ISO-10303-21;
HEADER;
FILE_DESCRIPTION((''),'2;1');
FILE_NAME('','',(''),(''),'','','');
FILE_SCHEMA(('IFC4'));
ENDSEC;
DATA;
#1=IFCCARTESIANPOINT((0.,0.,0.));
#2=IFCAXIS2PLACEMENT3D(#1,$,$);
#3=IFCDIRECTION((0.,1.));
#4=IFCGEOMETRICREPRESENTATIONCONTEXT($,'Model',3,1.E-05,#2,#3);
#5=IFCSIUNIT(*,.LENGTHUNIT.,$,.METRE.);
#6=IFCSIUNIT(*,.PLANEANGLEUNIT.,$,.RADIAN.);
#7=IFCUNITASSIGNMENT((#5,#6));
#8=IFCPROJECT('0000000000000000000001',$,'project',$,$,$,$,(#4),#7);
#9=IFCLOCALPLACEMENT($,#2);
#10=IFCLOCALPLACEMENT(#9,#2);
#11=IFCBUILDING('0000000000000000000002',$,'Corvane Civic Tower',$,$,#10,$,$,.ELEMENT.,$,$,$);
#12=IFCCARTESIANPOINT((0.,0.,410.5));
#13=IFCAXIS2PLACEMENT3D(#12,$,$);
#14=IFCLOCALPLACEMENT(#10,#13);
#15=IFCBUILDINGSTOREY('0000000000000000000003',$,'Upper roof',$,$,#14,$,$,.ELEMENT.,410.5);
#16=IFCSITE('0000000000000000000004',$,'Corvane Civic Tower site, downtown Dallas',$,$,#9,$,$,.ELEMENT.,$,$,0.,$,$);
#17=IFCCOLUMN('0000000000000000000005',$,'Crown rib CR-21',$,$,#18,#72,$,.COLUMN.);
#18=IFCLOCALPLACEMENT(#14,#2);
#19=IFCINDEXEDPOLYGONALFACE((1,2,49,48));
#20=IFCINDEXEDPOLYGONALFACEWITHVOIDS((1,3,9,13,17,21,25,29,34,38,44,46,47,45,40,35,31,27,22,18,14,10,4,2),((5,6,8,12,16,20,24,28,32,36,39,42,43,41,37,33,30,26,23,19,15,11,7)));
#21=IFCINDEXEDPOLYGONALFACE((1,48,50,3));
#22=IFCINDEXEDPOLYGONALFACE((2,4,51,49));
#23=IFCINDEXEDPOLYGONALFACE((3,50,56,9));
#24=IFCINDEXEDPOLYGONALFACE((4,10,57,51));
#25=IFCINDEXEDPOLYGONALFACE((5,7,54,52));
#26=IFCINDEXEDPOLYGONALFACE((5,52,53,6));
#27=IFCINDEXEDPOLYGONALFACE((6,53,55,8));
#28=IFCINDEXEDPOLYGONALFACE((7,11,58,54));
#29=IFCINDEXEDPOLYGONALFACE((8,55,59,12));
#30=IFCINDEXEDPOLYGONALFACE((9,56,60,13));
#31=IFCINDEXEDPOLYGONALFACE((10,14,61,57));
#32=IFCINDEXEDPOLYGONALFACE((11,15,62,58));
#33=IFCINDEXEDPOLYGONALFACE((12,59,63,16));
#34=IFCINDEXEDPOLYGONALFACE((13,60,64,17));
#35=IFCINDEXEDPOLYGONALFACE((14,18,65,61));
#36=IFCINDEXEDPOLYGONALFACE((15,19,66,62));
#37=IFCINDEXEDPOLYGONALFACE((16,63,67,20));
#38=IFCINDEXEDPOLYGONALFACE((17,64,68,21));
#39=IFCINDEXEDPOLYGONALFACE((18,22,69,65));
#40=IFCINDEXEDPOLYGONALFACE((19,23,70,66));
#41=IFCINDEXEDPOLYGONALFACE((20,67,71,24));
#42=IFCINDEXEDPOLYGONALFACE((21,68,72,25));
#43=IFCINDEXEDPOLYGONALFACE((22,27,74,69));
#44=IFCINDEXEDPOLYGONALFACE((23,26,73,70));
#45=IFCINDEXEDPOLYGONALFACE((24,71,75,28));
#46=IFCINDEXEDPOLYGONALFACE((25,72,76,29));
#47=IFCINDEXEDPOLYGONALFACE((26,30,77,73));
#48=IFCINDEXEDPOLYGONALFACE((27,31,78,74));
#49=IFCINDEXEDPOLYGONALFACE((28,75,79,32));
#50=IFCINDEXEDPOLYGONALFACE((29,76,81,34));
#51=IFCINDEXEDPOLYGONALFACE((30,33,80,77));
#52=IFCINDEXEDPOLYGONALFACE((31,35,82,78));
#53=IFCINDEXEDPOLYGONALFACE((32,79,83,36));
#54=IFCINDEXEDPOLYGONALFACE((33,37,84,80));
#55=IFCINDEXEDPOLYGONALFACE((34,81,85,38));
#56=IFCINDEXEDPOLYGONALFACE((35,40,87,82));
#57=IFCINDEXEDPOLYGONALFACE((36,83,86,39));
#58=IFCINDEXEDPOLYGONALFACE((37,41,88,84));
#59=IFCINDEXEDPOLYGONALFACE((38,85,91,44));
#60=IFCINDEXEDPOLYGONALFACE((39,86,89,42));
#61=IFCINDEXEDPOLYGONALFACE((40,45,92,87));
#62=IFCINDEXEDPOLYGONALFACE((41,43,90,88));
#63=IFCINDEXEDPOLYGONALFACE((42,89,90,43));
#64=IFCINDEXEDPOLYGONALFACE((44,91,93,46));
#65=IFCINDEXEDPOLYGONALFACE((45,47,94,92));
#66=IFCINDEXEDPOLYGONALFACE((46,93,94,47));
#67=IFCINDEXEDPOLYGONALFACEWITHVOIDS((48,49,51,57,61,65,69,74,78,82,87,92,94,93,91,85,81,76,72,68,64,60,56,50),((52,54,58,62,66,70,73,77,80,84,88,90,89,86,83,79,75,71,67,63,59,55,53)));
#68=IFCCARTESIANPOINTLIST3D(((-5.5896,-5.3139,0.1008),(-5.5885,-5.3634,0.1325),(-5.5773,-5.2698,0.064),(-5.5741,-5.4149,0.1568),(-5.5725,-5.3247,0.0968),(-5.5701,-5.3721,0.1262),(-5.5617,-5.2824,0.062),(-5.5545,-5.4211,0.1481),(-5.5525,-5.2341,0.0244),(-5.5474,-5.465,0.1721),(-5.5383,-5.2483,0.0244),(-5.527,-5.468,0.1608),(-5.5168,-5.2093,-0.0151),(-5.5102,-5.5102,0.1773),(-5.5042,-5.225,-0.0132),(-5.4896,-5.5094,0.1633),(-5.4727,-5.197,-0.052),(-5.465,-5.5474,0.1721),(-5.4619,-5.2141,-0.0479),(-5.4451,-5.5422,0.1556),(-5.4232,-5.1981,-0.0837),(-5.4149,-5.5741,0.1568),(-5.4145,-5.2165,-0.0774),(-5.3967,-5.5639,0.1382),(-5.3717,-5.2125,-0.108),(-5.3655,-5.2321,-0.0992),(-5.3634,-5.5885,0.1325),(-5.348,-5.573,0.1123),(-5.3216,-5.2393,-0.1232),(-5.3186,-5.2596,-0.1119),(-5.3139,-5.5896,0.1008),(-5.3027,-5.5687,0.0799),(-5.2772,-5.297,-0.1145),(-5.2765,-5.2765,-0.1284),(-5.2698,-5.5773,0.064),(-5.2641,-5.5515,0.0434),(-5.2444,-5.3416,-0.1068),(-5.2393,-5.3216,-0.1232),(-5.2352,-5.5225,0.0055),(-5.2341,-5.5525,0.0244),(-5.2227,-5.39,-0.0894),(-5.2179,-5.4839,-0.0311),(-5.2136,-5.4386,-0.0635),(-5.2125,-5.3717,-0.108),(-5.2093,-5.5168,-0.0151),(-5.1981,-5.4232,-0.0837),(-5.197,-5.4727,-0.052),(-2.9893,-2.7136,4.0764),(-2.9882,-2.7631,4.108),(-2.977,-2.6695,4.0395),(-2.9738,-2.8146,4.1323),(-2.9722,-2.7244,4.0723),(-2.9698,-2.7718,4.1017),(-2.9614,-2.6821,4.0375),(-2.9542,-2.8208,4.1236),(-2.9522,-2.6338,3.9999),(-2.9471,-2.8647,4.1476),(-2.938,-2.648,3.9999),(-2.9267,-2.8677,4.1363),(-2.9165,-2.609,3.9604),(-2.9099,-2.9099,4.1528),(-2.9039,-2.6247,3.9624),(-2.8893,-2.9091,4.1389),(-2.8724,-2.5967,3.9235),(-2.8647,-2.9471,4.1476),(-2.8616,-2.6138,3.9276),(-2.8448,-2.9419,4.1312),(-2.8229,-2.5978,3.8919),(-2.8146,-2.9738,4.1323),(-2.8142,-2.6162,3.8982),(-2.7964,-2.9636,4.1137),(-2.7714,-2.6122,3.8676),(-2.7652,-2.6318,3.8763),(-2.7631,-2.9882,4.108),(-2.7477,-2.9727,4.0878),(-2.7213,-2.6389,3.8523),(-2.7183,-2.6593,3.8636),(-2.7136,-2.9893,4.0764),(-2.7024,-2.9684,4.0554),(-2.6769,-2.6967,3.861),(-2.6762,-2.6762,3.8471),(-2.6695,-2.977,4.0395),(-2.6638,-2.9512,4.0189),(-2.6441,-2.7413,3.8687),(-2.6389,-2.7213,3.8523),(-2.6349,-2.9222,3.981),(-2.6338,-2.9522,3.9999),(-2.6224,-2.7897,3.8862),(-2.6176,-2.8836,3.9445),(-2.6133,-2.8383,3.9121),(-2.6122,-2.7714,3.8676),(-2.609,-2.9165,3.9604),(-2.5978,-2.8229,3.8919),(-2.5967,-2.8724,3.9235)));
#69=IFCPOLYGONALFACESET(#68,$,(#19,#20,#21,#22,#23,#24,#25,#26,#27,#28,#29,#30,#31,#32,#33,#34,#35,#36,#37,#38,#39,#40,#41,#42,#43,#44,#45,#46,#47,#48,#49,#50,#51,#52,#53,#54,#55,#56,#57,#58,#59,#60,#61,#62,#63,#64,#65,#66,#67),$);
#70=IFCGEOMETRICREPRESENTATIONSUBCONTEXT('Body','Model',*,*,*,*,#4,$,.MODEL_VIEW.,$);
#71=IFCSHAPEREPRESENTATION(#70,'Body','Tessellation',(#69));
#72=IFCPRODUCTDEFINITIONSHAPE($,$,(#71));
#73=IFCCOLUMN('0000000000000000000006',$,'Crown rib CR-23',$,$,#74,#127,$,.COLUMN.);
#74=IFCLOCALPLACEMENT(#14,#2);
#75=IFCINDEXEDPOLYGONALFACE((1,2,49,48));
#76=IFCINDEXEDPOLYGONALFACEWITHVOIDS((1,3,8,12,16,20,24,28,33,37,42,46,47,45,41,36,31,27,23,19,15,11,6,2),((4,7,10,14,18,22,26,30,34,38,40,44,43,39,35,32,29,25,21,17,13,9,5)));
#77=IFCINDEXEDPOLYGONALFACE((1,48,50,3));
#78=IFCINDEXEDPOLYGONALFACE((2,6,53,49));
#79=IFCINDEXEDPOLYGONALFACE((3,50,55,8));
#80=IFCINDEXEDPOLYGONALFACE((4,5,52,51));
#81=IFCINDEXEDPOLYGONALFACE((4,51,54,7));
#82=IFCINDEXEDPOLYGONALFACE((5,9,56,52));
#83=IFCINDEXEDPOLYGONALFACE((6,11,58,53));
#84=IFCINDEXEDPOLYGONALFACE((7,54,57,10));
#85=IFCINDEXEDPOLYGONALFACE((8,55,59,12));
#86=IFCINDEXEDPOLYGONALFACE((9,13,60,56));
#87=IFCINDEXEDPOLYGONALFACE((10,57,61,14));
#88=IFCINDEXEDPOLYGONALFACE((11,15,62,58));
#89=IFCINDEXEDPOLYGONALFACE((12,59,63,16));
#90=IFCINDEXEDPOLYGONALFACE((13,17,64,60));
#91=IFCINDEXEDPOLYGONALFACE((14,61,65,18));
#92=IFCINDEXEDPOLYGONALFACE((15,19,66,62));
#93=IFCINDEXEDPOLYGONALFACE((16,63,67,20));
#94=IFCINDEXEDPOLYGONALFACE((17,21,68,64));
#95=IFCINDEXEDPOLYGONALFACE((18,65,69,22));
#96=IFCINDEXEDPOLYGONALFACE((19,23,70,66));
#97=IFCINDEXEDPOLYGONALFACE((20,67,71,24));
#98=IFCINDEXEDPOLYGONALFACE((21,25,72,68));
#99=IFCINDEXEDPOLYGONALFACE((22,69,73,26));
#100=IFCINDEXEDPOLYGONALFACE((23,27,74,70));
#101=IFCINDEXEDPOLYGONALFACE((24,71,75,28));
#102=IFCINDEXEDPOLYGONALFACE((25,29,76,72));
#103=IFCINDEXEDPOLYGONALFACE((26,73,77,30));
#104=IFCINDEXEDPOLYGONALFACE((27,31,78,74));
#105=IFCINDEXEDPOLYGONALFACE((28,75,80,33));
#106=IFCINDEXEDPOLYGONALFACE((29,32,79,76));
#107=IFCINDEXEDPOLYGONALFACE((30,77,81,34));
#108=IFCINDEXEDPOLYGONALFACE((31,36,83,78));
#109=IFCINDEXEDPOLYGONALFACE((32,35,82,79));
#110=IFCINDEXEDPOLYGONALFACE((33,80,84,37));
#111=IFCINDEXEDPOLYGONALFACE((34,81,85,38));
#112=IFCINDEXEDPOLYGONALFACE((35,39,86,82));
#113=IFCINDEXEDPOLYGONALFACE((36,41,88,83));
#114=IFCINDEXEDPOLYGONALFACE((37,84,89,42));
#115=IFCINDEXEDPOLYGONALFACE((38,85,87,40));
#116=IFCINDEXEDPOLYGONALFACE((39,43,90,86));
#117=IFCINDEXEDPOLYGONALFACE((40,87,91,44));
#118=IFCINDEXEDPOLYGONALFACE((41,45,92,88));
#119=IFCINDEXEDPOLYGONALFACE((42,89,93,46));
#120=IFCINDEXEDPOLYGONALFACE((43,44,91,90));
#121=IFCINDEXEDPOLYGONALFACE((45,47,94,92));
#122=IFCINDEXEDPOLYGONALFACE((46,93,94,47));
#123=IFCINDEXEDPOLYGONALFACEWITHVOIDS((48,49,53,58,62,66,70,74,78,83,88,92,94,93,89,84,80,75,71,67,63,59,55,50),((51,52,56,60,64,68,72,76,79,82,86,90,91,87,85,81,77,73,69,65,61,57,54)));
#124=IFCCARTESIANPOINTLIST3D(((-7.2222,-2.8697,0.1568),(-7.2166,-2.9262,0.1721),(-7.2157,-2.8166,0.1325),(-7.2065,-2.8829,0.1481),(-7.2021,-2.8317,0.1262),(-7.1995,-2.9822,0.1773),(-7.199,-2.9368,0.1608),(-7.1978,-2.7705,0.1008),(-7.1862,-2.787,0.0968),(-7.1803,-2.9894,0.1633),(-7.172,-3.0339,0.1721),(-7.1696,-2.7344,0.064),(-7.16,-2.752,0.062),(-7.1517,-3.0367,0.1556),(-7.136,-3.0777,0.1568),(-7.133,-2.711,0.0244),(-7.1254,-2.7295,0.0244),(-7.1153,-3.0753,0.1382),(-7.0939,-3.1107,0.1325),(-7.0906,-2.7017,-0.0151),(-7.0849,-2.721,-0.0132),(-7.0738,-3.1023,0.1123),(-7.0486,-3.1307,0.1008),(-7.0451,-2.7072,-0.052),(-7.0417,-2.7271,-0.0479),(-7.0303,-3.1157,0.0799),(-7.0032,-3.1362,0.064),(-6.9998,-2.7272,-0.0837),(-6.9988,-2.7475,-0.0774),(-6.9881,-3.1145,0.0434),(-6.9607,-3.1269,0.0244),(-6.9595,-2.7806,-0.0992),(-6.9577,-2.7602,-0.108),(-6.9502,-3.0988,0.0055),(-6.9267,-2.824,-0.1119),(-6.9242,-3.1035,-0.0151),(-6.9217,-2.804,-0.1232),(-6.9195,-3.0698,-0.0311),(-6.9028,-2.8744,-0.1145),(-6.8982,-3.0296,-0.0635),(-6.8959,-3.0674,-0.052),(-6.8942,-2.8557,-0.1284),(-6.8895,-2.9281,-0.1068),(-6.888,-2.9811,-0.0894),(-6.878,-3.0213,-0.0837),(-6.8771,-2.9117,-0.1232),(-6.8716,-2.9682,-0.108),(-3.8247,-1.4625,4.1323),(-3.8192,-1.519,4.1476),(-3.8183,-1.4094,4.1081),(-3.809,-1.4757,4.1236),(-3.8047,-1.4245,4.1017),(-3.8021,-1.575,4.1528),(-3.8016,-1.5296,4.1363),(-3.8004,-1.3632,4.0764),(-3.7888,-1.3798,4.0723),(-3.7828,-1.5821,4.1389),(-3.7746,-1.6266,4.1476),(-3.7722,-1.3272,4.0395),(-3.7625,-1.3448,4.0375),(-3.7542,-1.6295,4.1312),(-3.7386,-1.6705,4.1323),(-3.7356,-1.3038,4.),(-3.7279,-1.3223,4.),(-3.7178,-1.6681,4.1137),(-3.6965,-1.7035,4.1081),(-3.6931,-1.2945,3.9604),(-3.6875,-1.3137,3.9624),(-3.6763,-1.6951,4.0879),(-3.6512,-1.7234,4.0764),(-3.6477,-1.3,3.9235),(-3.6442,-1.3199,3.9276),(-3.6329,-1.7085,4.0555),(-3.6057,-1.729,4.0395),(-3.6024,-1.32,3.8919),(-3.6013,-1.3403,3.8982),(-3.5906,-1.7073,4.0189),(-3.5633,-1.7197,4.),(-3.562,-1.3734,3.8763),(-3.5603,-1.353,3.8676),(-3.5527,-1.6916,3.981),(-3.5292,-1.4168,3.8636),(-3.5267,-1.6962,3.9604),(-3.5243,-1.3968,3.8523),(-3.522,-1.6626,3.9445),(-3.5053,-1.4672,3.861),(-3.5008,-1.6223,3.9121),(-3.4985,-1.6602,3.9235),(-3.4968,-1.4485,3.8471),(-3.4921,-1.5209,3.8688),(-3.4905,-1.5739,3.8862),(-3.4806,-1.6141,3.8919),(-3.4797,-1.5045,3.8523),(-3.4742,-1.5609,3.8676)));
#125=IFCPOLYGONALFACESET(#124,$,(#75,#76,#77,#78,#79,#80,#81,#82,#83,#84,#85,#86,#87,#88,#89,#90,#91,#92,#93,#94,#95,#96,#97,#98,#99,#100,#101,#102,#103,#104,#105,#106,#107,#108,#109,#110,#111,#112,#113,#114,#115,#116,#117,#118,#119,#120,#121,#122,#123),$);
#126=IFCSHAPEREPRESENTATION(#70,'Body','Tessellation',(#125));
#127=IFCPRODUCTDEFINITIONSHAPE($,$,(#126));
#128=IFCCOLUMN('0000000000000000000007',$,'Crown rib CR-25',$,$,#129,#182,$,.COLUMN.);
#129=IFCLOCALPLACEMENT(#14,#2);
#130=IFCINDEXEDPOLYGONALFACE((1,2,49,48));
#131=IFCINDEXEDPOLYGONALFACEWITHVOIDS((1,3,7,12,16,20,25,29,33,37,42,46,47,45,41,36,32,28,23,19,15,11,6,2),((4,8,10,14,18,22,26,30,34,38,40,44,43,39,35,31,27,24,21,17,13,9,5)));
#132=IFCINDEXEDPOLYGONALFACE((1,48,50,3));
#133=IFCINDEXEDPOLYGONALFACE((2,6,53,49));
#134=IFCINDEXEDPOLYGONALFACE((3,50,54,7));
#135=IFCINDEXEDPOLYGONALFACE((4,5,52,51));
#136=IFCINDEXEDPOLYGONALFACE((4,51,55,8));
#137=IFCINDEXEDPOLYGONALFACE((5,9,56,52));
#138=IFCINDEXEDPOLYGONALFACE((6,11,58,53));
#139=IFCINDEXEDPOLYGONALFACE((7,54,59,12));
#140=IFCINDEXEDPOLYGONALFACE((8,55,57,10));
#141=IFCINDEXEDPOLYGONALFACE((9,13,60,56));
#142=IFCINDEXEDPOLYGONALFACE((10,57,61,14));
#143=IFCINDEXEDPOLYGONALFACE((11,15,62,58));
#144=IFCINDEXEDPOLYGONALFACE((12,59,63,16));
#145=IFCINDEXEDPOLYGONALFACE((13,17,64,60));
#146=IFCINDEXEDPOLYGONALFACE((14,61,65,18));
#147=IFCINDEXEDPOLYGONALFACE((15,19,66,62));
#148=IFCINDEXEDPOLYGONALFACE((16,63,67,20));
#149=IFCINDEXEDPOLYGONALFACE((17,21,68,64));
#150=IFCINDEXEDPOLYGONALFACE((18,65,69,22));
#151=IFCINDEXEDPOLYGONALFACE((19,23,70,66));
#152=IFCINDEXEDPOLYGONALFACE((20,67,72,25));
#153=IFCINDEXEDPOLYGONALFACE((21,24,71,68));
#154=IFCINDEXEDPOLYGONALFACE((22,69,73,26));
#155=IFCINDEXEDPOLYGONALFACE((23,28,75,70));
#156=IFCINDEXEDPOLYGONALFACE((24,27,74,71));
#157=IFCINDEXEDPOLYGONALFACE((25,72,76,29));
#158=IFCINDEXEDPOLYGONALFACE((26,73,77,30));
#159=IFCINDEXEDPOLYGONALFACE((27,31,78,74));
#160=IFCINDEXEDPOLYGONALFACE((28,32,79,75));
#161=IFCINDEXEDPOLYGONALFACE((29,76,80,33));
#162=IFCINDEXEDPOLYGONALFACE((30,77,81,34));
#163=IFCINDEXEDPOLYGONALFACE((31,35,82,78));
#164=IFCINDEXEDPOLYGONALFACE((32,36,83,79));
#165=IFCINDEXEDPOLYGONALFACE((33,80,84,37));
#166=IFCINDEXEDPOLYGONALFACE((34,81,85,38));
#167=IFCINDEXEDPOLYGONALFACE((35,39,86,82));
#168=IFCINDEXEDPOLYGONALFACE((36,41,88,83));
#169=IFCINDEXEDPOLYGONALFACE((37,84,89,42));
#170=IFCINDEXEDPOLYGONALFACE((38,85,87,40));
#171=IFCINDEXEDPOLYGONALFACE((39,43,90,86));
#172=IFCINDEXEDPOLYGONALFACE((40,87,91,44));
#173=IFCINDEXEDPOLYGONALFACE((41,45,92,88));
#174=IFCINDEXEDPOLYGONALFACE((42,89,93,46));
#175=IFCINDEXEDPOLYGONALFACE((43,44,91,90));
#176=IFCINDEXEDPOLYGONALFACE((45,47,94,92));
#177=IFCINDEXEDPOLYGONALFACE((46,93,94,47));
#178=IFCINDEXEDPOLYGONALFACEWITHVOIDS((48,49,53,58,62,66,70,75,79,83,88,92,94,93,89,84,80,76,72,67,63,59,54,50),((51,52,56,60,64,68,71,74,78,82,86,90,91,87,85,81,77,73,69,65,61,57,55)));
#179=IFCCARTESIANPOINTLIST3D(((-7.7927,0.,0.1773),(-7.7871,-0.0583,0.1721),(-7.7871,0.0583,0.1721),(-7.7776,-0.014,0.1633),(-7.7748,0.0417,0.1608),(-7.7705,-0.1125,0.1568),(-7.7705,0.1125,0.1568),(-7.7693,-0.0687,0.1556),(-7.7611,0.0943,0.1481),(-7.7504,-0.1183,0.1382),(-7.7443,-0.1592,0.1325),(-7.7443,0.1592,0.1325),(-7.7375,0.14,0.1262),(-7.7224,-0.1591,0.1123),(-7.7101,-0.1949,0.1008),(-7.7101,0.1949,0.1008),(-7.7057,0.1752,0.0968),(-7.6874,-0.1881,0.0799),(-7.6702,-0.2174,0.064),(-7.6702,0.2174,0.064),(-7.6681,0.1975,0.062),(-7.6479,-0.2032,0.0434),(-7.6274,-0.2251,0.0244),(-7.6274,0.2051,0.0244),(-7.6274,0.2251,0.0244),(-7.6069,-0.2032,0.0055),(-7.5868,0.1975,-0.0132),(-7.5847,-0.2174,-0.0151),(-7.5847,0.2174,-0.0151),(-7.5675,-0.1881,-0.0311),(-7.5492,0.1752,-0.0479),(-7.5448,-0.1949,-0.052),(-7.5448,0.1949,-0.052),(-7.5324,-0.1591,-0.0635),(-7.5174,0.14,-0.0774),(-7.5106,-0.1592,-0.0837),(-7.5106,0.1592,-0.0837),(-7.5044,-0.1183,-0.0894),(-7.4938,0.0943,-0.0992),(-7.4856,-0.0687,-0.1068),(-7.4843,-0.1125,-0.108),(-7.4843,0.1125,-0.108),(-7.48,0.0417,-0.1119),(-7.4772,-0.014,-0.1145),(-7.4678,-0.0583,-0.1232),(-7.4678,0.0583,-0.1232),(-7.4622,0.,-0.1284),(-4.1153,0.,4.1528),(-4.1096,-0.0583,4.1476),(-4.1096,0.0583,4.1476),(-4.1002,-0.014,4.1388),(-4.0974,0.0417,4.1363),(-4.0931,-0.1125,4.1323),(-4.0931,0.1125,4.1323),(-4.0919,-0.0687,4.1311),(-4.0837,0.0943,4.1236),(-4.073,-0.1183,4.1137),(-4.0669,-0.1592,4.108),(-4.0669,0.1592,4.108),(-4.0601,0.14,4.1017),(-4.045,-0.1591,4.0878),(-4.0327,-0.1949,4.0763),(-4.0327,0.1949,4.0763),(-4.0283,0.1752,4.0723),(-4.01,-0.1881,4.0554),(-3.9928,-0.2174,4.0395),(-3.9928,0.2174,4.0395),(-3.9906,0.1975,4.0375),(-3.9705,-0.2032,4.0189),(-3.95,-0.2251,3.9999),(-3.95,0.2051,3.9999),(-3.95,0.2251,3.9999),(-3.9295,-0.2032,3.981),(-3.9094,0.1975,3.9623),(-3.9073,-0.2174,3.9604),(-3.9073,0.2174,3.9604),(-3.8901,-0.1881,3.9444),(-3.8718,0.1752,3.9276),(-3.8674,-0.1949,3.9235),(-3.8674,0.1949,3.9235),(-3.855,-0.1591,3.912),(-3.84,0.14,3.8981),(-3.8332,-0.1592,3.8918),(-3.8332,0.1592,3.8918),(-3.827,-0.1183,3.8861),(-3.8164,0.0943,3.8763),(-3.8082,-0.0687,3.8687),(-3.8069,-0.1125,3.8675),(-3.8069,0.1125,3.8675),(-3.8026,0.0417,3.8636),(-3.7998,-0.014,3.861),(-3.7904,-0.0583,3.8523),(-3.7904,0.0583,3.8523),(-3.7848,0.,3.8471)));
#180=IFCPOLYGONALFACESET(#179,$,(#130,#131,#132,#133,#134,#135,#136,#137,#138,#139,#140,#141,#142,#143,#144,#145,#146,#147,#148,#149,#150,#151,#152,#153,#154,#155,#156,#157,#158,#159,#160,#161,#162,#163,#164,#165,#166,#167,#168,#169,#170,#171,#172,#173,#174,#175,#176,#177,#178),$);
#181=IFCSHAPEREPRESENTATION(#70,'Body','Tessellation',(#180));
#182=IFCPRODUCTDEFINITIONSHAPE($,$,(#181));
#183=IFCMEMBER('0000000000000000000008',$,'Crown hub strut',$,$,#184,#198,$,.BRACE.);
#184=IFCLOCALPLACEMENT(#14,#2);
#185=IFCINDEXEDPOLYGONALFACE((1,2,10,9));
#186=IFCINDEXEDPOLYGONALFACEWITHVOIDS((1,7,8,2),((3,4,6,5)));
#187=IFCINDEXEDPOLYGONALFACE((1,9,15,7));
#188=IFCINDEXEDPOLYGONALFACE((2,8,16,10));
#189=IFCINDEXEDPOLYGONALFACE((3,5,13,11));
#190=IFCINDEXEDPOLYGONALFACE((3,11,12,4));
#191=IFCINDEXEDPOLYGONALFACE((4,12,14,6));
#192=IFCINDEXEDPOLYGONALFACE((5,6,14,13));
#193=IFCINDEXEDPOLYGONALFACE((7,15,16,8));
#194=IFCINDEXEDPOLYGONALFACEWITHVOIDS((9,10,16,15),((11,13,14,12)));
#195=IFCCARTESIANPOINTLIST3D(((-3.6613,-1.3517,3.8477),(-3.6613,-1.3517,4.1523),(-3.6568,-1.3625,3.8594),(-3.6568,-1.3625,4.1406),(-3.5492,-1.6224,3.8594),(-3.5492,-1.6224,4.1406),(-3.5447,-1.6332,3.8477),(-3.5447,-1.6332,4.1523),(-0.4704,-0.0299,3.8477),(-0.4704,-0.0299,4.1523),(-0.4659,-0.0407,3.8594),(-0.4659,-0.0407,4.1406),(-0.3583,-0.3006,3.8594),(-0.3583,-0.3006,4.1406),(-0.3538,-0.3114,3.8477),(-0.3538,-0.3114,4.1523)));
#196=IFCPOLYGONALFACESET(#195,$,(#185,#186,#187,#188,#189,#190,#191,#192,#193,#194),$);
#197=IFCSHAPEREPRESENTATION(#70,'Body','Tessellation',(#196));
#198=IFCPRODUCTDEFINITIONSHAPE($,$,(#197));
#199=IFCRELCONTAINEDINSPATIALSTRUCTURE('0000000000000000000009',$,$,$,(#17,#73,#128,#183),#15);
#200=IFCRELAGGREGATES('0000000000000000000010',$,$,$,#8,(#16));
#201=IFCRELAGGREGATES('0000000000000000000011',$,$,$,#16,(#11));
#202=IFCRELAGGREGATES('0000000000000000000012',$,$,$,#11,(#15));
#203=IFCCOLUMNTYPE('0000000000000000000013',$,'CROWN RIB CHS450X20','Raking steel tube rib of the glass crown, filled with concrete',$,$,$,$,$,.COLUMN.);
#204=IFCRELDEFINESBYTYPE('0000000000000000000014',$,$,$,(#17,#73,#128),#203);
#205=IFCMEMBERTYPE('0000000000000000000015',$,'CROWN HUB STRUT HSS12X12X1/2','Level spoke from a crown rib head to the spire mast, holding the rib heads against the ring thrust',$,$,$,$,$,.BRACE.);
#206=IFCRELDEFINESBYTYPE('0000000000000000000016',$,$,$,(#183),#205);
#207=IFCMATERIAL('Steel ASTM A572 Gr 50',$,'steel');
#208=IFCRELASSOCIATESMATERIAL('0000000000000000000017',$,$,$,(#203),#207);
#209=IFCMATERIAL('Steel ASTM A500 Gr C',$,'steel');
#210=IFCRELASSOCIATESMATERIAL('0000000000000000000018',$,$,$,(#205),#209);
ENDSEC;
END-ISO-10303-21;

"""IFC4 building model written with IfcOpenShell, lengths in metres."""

from ifc_helpers import new_model, si_unit, direction, frame, origin, origin_2d, place, context, subcontext, project, spatial, hollow_rectangle, hollow_circle, extrude, material, material_profile, profile_set, type_object, element, save


model = new_model("IFC4")

# Units and contexts
model_context = context("Model", 3, precision=1e-05, world=origin(), true_north=direction((0.0, 1.0)))
body_context = subcontext(model_context, "Body", "Model", "MODEL_VIEW")
ifc_project = project(units=[si_unit("LENGTHUNIT", "METRE"), si_unit("PLANEANGLEUNIT", "RADIAN")], contexts=[model_context])

# Site, building, storey
site_placement = place(None, origin())
site = spatial("IfcSite", under=ifc_project, at=site_placement, Name="Corvane Civic Tower site, downtown Dallas", CompositionType="ELEMENT", RefElevation=0.0)
building_placement = place(site_placement, origin())
building = spatial("IfcBuilding", under=site, at=building_placement, Name="Corvane Civic Tower", CompositionType="ELEMENT")
storey_placement = place(building_placement, frame((0.0, 0.0, 410.5)))
storey = spatial("IfcBuildingStorey", under=building, at=storey_placement, Name="Upper roof", CompositionType="ELEMENT", Elevation=410.5)

# Columns
ifc_material_1 = material(Name="Steel ASTM A572 Gr 50", Category="steel")
ifc_material_profile_1 = material_profile(ifc_material_1, hollow_circle(Radius=0.2251, WallThickness=0.02, at=origin_2d()), Name="CHS450X20")
ifc_profile_set_1 = profile_set([ifc_material_profile_1], Name="Steel ASTM A572 Gr 50")
column_type = type_object("IfcColumnType", Name="CROWN RIB CHS450X20", Description="Raking steel tube rib of the glass crown, filled with concrete", PredefinedType="COLUMN", material=ifc_profile_set_1)
for number, where, z_axis, x_axis, name in (
    (1, (-5.3933, -5.3933, 0.0244), (0.480157, 0.480157, 0.734097), (-0.707107, 0.707107, 0.0), "Crown rib CR-21"),
    (2, (-7.0469, -2.9189, 0.0244), (0.627352, 0.259849, 0.734104), (-0.382672, 0.923884, 0.0), "Crown rib CR-23"),
    (3, (-7.6274, 0.0, 0.0244), (0.679049, 0.0, 0.734093), (0.0, 1.0, 0.0), "Crown rib CR-25"),
):
    element("IfcColumn", number, at=place(storey_placement, frame(where, z_axis=z_axis, x_axis=x_axis)), inside=storey, type_object=column_type, Name=name, PredefinedType="COLUMN", context=body_context, shape_type="SweptSolid", body=[
        extrude(hollow_circle(Radius=0.2251, WallThickness=0.02, at=origin_2d()), origin(), (0.0, 0.0, 1.0), 5.4155),
    ])

# Member
ifc_material_2 = material(Name="Steel ASTM A500 Gr C", Category="steel")
ifc_material_profile_2 = material_profile(ifc_material_2, hollow_rectangle(XDim=0.3047, YDim=0.3047, WallThickness=0.0117, at=origin_2d()), Name="HSS12X12X1/2")
ifc_profile_set_2 = profile_set([ifc_material_profile_2], Name="Steel ASTM A500 Gr C")
member_type_1 = type_object("IfcMemberType", Name="CROWN HUB STRUT HSS12X12X1/2", Description="Level spoke from a crown rib head to the spire mast, holding the rib heads against the ring thrust", PredefinedType="BRACE", material=ifc_profile_set_2)
member_1_placement = place(storey_placement, frame((-3.603, -1.4924, 4.0), z_axis=(0.923874, 0.382697, 0.0), x_axis=(-0.382697, 0.923874, 0.0)))
element("IfcMember", 4, at=member_1_placement, inside=storey, type_object=member_type_1, Name="Crown hub strut", PredefinedType="BRACE", context=body_context, shape_type="SweptSolid", body=[
    extrude(hollow_rectangle(XDim=0.3047, YDim=0.3047, WallThickness=0.0117, at=origin_2d()), origin(), (0.0, 0.0, 1.0), 3.4539),
])

save(model, "model.ifc")
